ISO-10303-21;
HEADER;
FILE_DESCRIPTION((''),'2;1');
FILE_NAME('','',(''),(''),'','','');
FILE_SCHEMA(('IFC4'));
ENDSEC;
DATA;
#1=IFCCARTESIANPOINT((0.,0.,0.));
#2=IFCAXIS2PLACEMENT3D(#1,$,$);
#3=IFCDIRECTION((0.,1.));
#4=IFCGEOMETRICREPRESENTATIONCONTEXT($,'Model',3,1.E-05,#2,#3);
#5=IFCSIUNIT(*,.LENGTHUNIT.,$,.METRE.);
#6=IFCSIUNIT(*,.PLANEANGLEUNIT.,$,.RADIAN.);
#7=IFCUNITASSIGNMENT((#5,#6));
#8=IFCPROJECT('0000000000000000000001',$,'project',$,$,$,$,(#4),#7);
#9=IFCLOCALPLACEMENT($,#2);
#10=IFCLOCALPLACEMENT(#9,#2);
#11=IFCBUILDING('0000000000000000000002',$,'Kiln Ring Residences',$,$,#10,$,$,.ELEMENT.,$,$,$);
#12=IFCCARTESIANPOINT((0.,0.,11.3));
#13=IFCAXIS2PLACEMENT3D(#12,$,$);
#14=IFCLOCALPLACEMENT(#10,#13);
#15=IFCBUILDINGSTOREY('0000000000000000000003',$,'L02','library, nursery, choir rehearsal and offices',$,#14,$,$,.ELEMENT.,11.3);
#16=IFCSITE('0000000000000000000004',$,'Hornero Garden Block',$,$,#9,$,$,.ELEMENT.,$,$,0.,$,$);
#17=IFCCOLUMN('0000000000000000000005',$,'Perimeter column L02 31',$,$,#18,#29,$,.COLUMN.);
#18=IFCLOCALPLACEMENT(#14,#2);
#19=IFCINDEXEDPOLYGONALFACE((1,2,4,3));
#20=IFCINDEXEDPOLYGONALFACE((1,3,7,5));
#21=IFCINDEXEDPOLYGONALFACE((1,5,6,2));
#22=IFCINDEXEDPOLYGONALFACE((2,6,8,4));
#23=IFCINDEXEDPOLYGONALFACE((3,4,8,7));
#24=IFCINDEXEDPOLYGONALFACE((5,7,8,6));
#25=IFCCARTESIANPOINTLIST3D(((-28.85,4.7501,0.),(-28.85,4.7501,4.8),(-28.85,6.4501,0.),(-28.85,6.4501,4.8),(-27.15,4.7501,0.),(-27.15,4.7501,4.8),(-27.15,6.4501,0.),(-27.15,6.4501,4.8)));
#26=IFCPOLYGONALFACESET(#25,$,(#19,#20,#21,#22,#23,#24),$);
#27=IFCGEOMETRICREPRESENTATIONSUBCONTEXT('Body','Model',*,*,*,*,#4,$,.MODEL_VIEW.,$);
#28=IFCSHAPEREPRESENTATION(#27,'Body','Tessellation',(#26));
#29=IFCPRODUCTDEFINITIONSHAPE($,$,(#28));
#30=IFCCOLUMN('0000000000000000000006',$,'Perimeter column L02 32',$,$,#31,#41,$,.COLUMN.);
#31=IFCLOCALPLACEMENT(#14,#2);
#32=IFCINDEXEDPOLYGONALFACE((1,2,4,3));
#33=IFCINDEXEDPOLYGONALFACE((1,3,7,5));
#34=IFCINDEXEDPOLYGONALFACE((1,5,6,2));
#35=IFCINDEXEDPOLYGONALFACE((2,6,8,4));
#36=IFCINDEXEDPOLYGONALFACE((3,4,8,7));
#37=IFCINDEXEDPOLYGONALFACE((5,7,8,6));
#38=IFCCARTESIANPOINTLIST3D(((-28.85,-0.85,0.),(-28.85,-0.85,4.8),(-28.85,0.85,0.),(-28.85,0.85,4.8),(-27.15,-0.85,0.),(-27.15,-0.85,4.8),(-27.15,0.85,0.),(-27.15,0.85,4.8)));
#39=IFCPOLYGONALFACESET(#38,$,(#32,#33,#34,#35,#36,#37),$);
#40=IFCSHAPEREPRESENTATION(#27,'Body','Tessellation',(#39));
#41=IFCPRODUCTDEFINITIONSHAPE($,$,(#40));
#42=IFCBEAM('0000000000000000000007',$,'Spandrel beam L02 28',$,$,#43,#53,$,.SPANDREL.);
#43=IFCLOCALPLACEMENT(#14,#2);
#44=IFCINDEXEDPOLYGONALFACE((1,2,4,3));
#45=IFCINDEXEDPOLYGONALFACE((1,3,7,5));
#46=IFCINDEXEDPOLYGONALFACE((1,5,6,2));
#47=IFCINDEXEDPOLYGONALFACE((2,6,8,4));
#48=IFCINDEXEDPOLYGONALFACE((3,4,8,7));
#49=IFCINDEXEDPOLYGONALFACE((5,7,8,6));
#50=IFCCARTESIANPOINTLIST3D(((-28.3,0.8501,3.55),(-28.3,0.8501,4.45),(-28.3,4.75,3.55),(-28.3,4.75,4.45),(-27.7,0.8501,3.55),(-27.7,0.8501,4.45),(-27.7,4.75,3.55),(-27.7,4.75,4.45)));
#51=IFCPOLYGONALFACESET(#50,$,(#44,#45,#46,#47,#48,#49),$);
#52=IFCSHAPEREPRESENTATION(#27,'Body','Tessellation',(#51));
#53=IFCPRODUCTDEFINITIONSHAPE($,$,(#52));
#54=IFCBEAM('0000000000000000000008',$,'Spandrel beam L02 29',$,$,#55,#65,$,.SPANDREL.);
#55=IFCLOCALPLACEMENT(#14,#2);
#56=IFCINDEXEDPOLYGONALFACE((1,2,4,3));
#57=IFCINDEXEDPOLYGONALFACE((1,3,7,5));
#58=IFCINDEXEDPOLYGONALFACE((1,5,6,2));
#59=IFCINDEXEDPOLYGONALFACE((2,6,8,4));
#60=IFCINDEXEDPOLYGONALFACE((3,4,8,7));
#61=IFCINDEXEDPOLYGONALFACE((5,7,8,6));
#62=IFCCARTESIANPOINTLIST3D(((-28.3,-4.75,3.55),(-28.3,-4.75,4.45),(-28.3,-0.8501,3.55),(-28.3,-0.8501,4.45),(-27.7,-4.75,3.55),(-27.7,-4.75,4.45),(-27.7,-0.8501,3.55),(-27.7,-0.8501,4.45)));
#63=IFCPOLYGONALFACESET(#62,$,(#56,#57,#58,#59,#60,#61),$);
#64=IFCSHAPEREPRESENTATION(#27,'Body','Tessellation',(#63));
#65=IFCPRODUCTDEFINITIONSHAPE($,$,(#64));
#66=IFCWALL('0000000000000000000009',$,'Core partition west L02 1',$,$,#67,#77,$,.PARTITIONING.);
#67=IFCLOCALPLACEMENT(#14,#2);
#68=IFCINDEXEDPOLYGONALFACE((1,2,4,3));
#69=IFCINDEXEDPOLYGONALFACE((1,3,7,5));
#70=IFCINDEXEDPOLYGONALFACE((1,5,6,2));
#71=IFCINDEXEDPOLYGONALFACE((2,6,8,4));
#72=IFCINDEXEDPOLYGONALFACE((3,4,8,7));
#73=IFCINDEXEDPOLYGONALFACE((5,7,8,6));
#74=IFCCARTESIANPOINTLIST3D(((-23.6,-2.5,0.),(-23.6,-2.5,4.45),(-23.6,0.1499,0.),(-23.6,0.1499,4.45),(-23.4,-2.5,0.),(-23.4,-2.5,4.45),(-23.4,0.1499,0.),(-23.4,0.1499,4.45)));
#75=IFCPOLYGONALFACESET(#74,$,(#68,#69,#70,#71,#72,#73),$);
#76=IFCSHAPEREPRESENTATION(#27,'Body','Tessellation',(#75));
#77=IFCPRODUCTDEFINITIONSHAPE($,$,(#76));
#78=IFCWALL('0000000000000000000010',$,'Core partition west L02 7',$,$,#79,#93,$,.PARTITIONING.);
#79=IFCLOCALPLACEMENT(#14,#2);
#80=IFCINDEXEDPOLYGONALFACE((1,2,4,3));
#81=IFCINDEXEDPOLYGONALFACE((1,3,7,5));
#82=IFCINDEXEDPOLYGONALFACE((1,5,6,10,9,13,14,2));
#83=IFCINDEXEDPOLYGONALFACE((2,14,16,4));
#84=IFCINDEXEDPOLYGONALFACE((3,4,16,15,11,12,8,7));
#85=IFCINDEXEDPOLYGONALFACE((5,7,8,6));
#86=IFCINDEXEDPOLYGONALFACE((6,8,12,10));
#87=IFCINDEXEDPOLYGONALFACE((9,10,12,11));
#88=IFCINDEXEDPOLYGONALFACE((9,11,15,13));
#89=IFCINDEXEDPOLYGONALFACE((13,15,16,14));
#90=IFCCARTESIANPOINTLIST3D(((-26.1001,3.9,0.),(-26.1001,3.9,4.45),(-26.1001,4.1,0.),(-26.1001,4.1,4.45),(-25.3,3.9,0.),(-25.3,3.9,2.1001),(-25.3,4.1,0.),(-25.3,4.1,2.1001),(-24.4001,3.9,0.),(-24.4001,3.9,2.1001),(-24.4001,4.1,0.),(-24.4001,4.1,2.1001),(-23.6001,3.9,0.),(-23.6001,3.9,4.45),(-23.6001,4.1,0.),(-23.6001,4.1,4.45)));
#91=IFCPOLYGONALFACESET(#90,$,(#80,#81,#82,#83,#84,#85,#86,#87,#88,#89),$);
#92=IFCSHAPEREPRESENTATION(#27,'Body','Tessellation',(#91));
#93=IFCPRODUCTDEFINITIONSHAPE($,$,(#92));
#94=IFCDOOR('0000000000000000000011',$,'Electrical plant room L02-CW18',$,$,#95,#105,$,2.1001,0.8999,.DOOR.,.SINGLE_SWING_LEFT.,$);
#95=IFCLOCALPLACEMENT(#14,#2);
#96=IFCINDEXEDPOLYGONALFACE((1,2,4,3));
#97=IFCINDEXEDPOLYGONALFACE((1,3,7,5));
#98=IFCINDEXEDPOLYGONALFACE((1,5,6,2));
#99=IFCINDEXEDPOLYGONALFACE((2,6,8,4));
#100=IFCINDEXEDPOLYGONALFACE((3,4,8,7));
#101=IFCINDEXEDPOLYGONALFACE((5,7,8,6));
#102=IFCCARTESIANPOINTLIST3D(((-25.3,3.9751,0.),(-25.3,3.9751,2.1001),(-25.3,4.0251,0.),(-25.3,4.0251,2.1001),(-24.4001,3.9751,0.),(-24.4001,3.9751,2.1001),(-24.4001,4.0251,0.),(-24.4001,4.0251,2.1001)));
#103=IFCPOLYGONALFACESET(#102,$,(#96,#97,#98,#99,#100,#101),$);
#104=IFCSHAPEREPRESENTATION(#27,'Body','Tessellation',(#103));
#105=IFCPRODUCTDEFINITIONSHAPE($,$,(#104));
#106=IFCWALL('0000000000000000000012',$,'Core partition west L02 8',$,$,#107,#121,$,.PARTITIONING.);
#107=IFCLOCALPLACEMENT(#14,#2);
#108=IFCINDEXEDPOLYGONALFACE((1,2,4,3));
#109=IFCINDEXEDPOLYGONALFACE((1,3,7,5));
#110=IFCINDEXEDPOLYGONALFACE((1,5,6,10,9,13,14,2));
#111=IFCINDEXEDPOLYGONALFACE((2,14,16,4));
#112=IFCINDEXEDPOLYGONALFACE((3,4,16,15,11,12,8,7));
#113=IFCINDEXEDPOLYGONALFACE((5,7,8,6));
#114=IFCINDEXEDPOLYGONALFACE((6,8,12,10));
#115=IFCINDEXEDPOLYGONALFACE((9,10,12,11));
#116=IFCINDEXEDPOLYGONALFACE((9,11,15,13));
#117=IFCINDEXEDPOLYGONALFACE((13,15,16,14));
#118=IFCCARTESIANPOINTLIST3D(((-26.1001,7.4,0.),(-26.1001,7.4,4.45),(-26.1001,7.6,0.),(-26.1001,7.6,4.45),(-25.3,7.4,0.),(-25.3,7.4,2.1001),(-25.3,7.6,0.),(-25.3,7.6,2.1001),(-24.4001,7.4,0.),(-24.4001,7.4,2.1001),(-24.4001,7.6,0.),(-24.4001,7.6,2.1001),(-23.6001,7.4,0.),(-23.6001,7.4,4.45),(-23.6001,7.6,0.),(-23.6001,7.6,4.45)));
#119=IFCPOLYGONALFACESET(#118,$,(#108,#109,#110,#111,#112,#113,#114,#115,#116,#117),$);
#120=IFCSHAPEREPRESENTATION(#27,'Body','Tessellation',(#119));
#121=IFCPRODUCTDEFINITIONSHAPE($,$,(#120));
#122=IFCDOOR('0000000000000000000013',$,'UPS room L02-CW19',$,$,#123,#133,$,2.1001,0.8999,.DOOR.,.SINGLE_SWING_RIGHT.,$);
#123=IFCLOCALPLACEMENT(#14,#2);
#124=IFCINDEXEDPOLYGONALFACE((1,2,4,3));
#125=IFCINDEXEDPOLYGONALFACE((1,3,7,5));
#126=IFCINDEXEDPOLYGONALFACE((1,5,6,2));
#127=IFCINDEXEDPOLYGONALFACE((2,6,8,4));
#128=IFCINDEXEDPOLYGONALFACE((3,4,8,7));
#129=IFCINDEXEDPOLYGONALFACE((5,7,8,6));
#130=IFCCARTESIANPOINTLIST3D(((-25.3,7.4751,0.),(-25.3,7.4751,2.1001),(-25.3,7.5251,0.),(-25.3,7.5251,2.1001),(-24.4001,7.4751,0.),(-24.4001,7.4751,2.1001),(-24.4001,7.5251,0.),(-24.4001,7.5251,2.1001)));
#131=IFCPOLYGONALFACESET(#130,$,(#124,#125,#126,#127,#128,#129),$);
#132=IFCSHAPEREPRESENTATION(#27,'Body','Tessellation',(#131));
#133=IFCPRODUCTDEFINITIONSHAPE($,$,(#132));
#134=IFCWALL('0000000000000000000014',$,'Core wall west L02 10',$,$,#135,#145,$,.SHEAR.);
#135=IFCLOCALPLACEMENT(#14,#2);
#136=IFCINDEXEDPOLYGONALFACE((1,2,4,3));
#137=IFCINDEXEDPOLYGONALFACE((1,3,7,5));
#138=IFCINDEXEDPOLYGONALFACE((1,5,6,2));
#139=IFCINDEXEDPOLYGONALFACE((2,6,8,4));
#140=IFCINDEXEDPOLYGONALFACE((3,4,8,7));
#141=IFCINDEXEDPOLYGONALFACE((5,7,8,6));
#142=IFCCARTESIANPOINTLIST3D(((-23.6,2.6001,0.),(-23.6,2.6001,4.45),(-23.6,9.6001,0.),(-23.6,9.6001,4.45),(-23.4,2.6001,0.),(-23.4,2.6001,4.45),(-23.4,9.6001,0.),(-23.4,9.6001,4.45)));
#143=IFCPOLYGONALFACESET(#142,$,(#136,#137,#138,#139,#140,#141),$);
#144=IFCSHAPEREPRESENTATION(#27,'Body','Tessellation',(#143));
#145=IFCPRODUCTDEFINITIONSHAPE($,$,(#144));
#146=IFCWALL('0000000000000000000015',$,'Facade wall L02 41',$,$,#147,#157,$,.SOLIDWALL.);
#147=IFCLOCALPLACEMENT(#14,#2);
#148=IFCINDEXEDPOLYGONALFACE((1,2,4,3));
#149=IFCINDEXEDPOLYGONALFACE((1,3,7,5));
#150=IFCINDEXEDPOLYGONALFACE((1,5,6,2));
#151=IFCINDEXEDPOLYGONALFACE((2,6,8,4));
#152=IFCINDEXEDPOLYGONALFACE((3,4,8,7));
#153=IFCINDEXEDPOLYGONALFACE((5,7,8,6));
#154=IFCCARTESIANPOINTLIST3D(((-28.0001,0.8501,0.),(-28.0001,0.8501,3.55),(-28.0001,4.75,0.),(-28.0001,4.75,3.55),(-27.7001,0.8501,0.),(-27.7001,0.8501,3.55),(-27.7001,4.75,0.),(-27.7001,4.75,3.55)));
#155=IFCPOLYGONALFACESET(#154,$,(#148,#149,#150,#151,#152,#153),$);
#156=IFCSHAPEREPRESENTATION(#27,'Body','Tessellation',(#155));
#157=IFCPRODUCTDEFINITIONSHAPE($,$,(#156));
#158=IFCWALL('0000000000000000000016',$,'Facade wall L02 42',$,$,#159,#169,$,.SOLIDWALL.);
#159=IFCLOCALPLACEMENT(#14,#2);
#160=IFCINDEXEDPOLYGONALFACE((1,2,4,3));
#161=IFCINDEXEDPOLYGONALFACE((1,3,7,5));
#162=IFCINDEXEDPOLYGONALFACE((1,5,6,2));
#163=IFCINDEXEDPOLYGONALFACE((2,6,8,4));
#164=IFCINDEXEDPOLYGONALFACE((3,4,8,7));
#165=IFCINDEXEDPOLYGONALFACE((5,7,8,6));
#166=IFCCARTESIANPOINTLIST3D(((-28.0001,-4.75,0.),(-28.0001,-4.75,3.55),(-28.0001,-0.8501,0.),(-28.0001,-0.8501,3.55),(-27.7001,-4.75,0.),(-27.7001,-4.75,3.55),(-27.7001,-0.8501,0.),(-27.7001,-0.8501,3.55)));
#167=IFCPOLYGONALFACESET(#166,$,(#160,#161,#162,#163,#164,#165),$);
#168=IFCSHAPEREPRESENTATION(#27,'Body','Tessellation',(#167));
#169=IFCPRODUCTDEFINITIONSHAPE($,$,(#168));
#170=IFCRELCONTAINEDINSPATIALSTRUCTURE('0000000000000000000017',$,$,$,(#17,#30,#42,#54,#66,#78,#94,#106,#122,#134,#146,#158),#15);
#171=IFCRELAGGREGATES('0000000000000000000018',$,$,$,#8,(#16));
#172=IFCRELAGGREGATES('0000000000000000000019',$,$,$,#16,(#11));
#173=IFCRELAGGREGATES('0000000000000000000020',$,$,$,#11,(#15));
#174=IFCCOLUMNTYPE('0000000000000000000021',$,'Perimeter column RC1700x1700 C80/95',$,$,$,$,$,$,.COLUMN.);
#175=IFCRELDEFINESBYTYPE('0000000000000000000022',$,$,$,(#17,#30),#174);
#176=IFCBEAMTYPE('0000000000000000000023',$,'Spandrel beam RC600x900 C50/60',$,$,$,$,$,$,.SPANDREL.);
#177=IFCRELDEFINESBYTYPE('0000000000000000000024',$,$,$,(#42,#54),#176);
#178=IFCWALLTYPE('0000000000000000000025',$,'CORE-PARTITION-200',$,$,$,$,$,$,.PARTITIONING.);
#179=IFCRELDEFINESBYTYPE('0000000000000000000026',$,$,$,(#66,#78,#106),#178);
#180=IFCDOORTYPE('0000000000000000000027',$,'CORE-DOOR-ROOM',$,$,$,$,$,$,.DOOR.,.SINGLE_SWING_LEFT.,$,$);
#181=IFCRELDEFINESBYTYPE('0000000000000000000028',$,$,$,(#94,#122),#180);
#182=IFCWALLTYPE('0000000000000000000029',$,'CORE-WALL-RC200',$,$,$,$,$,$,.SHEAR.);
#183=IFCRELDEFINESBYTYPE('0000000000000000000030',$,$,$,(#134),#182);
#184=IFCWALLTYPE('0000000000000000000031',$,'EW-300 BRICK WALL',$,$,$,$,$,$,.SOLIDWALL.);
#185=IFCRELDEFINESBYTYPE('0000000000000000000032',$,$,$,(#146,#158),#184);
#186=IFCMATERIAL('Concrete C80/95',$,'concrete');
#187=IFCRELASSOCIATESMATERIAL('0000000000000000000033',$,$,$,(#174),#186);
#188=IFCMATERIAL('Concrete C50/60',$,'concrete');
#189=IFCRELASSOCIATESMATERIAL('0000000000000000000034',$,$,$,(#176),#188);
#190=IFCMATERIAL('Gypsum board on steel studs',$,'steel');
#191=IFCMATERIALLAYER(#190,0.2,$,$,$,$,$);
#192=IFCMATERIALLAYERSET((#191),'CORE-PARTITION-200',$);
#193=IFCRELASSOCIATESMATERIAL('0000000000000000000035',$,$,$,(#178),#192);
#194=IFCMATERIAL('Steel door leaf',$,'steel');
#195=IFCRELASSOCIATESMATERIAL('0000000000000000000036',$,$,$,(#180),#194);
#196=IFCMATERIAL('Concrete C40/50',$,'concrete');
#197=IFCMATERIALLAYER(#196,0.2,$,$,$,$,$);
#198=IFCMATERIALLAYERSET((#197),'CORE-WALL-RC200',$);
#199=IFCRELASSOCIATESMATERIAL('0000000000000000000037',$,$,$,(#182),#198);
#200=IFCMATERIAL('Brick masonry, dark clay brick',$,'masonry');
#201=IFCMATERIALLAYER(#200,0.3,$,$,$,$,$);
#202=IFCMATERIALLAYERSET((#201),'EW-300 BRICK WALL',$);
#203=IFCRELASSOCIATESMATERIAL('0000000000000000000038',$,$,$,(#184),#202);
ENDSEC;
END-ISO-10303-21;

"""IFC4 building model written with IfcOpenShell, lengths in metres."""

from ifc_helpers import new_model, si_unit, direction, frame, frame_2d, origin, origin_2d, place, context, subcontext, project, spatial, rectangle, extrude, material, layer, layer_set, material_profile, profile_set, type_object, element, fill, save


model = new_model("IFC4")

# Units and contexts
model_context = context("Model", 3, precision=1e-05, world=origin(), true_north=direction((0.0, 1.0)))
body_context = subcontext(model_context, "Body", "Model", "MODEL_VIEW")
ifc_project = project(units=[si_unit("LENGTHUNIT", "METRE"), si_unit("PLANEANGLEUNIT", "RADIAN")], contexts=[model_context])

# Site, building, storey
site_placement = place(None, origin())
site = spatial("IfcSite", under=ifc_project, at=site_placement, Name="Hornero Garden Block", CompositionType="ELEMENT", RefElevation=0.0)
building_placement = place(site_placement, origin())
building = spatial("IfcBuilding", under=site, at=building_placement, Name="Kiln Ring Residences", CompositionType="ELEMENT")
storey_placement = place(building_placement, frame((0.0, 0.0, 11.3)))
storey = spatial("IfcBuildingStorey", under=building, at=storey_placement, Name="L02", Description="library, nursery, choir rehearsal and offices", CompositionType="ELEMENT", Elevation=11.3)

# Columns
ifc_material_1 = material(Name="Concrete C80/95", Category="concrete")
ifc_material_profile_1 = material_profile(ifc_material_1, rectangle(XDim=1.7, YDim=1.7, at=origin_2d()), Name="RC1700x1700")
ifc_profile_set_1 = profile_set([ifc_material_profile_1], Name="Concrete C80/95")
column_type = type_object("IfcColumnType", Name="Perimeter column RC1700x1700 C80/95", PredefinedType="COLUMN", material=ifc_profile_set_1)
for number, where, z_axis, x_axis, name in (
    (1, (-28.0, 5.6001, 0.0), (0.0, 0.0, 1.0), (1.0, 0.0, 0.0), "Perimeter column L02 31"),
    (2, (-28.0, 0.0, 0.0), (0.0, 0.0, 1.0), (1.0, 0.0, 0.0), "Perimeter column L02 32"),
):
    element("IfcColumn", number, at=place(storey_placement, frame(where, z_axis=z_axis, x_axis=x_axis)), inside=storey, type_object=column_type, Name=name, PredefinedType="COLUMN", context=body_context, shape_type="SweptSolid", body=[
        extrude(rectangle(XDim=1.7, YDim=1.7, at=origin_2d()), origin(), (0.0, 0.0, 1.0), 4.8),
    ])

# Beams
ifc_material_2 = material(Name="Concrete C50/60", Category="concrete")
ifc_material_profile_2 = material_profile(ifc_material_2, rectangle(XDim=0.6001, YDim=0.8999, at=origin_2d()), Name="RC600x900")
ifc_profile_set_2 = profile_set([ifc_material_profile_2], Name="Concrete C50/60")
beam_type = type_object("IfcBeamType", Name="Spandrel beam RC600x900 C50/60", PredefinedType="SPANDREL", material=ifc_profile_set_2)
for number, where, z_axis, x_axis, name in (
    (3, (-28.0, 4.75, 4.0), (0.0, -1.0, 0.0), (1.0, 0.0, 0.0), "Spandrel beam L02 28"),
    (4, (-28.0, -0.8501, 4.0), (0.0, -1.0, 0.0), (1.0, 0.0, 0.0), "Spandrel beam L02 29"),
):
    element("IfcBeam", number, at=place(storey_placement, frame(where, z_axis=z_axis, x_axis=x_axis)), inside=storey, type_object=beam_type, Name=name, PredefinedType="SPANDREL", context=body_context, shape_type="SweptSolid", body=[
        extrude(rectangle(XDim=0.6001, YDim=0.8999, at=origin_2d()), origin(), (0.0, 0.0, 1.0), 3.8999),
    ])

# Wall
ifc_material_3 = material(Name="Gypsum board on steel studs", Category="steel")
ifc_layer_1 = layer(ifc_material_3, 0.2)
ifc_layer_set_1 = layer_set([ifc_layer_1], Name="CORE-PARTITION-200")
wall_type_1 = type_object("IfcWallType", Name="CORE-PARTITION-200", PredefinedType="PARTITIONING", material=ifc_layer_set_1)
wall_1_placement = place(storey_placement, frame((-23.5, -2.5, 0.0), z_axis=(0.0, 0.0, 1.0), x_axis=(0.0, 1.0, 0.0)))
element("IfcWall", 5, at=wall_1_placement, inside=storey, type_object=wall_type_1, Name="Core partition west L02 1", PredefinedType="PARTITIONING", context=body_context, shape_type="SweptSolid", body=[
    extrude(rectangle(XDim=2.6499, YDim=0.2, at=frame_2d((1.325, 0.0))), origin(), (0.0, 0.0, 1.0), 4.45),
])

# Walls, openings, doors
wall_2_placement = place(storey_placement, frame((-23.6001, 4.0, 0.0), z_axis=(0.0, 0.0, 1.0), x_axis=(-1.0, 0.0, 0.0)))
wall_2 = element("IfcWall", 6, at=wall_2_placement, inside=storey, type_object=wall_type_1, Name="Core partition west L02 7", PredefinedType="PARTITIONING", context=body_context, shape_type="SweptSolid", body=[
    extrude(rectangle(XDim=2.5, YDim=0.2, at=frame_2d((1.25, 0.0))), origin(), (0.0, 0.0, 1.0), 4.45),
])
opening_1_placement = place(wall_2_placement, frame((0.8, 0.0, 0.0)))
opening_1 = element("IfcOpeningElement", 7, at=opening_1_placement, cuts=wall_2, PredefinedType="OPENING", context=body_context, shape_type="SweptSolid", body=[
    extrude(rectangle(XDim=0.8999, YDim=2.1001, at=frame_2d((0.45, 1.05))), frame((0.0, 0.1099, 0.0), z_axis=(0.0, -1.0, 0.0), x_axis=(1.0, 0.0, 0.0)), (0.0, 0.0, 1.0), 0.22),
])
ifc_material_4 = material(Name="Steel door leaf", Category="steel")
door_type = type_object("IfcDoorType", Name="CORE-DOOR-ROOM", OperationType="SINGLE_SWING_LEFT", PredefinedType="DOOR", material=ifc_material_4)
door_1_placement = place(opening_1_placement, origin())
door_1 = element("IfcDoor", 8, at=door_1_placement, inside=storey, type_object=door_type, Name="Electrical plant room L02-CW18", OperationType="SINGLE_SWING_LEFT", OverallHeight=2.1001, OverallWidth=0.8999, PredefinedType="DOOR", context=body_context, shape_type="SweptSolid", body=[
    extrude(rectangle(XDim=0.8999, YDim=2.1001, at=frame_2d((0.45, 1.05))), frame((0.0, 0.0249, 0.0), z_axis=(0.0, -1.0, 0.0), x_axis=(1.0, 0.0, 0.0)), (0.0, 0.0, 1.0), 0.05),
])
fill(opening_1, door_1)
wall_3_placement = place(storey_placement, frame((-23.6001, 7.5, 0.0), z_axis=(0.0, 0.0, 1.0), x_axis=(-1.0, 0.0, 0.0)))
wall_3 = element("IfcWall", 9, at=wall_3_placement, inside=storey, type_object=wall_type_1, Name="Core partition west L02 8", PredefinedType="PARTITIONING", context=body_context, shape_type="SweptSolid", body=[
    extrude(rectangle(XDim=2.5, YDim=0.2, at=frame_2d((1.25, 0.0))), origin(), (0.0, 0.0, 1.0), 4.45),
])
opening_2_placement = place(wall_3_placement, frame((0.8, 0.0, 0.0)))
opening_2 = element("IfcOpeningElement", 10, at=opening_2_placement, cuts=wall_3, PredefinedType="OPENING", context=body_context, shape_type="SweptSolid", body=[
    extrude(rectangle(XDim=0.8999, YDim=2.1001, at=frame_2d((0.45, 1.05))), frame((0.0, 0.1099, 0.0), z_axis=(0.0, -1.0, 0.0), x_axis=(1.0, 0.0, 0.0)), (0.0, 0.0, 1.0), 0.22),
])
door_2_placement = place(opening_2_placement, origin())
door_2 = element("IfcDoor", 11, at=door_2_placement, inside=storey, type_object=door_type, Name="UPS room L02-CW19", OperationType="SINGLE_SWING_RIGHT", OverallHeight=2.1001, OverallWidth=0.8999, PredefinedType="DOOR", context=body_context, shape_type="SweptSolid", body=[
    extrude(rectangle(XDim=0.8999, YDim=2.1001, at=frame_2d((0.45, 1.05))), frame((0.0, 0.0249, 0.0), z_axis=(0.0, -1.0, 0.0), x_axis=(1.0, 0.0, 0.0)), (0.0, 0.0, 1.0), 0.05),
])
fill(opening_2, door_2)

# Walls
ifc_material_5 = material(Name="Concrete C40/50", Category="concrete")
ifc_layer_2 = layer(ifc_material_5, 0.2)
ifc_layer_set_2 = layer_set([ifc_layer_2], Name="CORE-WALL-RC200")
wall_type_2 = type_object("IfcWallType", Name="CORE-WALL-RC200", PredefinedType="SHEAR", material=ifc_layer_set_2)
wall_4_placement = place(storey_placement, frame((-23.5, 2.6001, 0.0), z_axis=(0.0, 0.0, 1.0), x_axis=(0.0, 1.0, 0.0)))
element("IfcWall", 12, at=wall_4_placement, inside=storey, type_object=wall_type_2, Name="Core wall west L02 10", PredefinedType="SHEAR", context=body_context, shape_type="SweptSolid", body=[
    extrude(rectangle(XDim=7.0, YDim=0.2, at=frame_2d((3.5, 0.0))), origin(), (0.0, 0.0, 1.0), 4.45),
])
ifc_material_6 = material(Name="Brick masonry, dark clay brick", Category="masonry")
ifc_layer_3 = layer(ifc_material_6, 0.3)
ifc_layer_set_3 = layer_set([ifc_layer_3], Name="EW-300 BRICK WALL")
wall_type_3 = type_object("IfcWallType", Name="EW-300 BRICK WALL", PredefinedType="SOLIDWALL", material=ifc_layer_set_3)
for number, where, z_axis, x_axis, name in (
    (13, (-27.8501, 4.75, 0.0), (0.0, 0.0, 1.0), (0.0, -1.0, 0.0), "Facade wall L02 41"),
    (14, (-27.8501, -0.8501, 0.0), (0.0, 0.0, 1.0), (0.0, -1.0, 0.0), "Facade wall L02 42"),
):
    element("IfcWall", number, at=place(storey_placement, frame(where, z_axis=z_axis, x_axis=x_axis)), inside=storey, type_object=wall_type_3, Name=name, PredefinedType="SOLIDWALL", context=body_context, shape_type="SweptSolid", body=[
        extrude(rectangle(XDim=3.8999, YDim=0.3, at=frame_2d((1.95, 0.0))), origin(), (0.0, 0.0, 1.0), 3.55),
    ])

save(model, "model.ifc")
